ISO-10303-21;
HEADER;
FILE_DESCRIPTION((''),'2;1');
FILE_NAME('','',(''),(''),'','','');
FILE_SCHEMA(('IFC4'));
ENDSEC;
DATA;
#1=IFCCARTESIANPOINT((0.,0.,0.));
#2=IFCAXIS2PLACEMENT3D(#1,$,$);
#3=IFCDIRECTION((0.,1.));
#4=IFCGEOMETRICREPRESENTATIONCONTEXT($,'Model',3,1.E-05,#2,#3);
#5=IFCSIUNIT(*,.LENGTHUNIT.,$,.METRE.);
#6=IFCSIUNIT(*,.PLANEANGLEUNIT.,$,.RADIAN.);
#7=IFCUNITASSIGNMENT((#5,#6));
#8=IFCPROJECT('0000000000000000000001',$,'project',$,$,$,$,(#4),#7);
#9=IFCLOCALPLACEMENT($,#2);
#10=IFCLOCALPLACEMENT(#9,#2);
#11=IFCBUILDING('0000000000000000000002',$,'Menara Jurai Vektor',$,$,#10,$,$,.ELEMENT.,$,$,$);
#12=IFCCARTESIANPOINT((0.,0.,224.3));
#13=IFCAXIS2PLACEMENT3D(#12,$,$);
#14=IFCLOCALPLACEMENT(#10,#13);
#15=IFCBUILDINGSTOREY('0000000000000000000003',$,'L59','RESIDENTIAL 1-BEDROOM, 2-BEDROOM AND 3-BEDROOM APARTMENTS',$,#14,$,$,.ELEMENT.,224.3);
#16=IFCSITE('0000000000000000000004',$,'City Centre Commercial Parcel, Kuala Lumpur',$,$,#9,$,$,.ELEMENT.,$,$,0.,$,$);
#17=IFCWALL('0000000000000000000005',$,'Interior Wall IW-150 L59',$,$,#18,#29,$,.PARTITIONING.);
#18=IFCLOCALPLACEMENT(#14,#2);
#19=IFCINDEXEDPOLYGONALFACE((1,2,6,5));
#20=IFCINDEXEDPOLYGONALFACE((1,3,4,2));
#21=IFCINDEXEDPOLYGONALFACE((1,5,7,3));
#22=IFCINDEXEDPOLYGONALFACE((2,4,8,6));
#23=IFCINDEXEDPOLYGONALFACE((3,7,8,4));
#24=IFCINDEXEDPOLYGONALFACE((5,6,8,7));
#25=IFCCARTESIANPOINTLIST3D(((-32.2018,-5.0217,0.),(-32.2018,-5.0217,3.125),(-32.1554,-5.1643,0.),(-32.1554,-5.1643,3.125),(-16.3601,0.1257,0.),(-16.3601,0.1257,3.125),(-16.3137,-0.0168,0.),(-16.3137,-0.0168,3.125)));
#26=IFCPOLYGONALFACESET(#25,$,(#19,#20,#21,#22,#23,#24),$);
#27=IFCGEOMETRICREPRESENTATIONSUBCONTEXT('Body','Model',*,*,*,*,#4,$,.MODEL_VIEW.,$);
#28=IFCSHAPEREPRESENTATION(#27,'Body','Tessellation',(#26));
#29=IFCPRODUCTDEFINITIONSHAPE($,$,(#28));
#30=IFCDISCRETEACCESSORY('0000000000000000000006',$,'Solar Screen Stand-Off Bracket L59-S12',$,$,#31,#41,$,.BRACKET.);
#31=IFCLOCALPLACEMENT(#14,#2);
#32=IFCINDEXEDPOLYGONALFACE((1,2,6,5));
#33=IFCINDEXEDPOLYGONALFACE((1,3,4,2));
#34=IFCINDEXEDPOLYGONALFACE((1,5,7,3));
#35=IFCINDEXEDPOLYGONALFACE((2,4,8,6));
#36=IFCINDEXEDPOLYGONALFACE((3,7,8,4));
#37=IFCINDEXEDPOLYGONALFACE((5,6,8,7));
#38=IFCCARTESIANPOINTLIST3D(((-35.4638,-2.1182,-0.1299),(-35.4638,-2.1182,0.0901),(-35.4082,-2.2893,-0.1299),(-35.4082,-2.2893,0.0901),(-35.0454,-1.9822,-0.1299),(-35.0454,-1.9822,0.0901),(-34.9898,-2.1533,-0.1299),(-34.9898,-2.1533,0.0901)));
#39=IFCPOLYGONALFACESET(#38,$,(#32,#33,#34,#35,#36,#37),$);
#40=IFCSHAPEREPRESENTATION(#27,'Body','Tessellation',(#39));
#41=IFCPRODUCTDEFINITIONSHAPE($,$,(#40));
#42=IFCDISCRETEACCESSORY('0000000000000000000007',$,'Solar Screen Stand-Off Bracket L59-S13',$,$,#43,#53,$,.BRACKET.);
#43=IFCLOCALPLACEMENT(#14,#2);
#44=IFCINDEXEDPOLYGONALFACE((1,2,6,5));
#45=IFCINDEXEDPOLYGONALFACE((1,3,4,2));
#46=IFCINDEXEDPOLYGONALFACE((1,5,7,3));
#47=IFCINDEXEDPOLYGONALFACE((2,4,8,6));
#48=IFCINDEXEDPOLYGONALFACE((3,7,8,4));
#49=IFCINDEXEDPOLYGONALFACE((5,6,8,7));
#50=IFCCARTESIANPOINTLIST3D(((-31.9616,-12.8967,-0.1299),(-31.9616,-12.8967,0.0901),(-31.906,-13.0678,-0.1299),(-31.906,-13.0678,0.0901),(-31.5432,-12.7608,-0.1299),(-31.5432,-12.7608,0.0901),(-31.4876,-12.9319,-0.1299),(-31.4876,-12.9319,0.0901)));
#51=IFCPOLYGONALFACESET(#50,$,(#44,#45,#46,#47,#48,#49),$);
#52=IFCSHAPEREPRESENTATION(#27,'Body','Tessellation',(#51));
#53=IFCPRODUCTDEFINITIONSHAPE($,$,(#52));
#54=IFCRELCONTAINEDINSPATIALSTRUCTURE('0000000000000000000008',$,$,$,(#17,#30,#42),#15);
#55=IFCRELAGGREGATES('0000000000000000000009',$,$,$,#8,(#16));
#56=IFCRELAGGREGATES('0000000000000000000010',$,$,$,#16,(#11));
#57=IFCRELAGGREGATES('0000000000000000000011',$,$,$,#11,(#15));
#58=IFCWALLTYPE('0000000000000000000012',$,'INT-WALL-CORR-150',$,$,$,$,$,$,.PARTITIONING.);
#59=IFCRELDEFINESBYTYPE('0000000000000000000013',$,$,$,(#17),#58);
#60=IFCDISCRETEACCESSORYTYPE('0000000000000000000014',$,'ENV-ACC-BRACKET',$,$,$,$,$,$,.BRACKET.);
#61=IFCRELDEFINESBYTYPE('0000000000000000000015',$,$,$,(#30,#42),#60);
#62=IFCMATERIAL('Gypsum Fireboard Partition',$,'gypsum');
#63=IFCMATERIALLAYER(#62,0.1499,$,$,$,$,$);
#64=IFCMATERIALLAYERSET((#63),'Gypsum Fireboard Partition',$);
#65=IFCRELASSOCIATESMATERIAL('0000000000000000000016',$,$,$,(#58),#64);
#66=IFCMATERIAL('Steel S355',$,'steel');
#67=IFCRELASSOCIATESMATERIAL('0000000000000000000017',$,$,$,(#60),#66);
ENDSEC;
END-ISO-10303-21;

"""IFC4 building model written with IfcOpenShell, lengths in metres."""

from ifc_helpers import new_model, si_unit, direction, frame, frame_2d, origin, origin_2d, place, context, subcontext, project, spatial, rectangle, extrude, material, layer, layer_set, type_object, element, save


model = new_model("IFC4")

# Units and contexts
model_context = context("Model", 3, precision=1e-05, world=origin(), true_north=direction((0.0, 1.0)))
body_context = subcontext(model_context, "Body", "Model", "MODEL_VIEW")
ifc_project = project(units=[si_unit("LENGTHUNIT", "METRE"), si_unit("PLANEANGLEUNIT", "RADIAN")], contexts=[model_context])

# Site, building, storey
site_placement = place(None, origin())
site = spatial("IfcSite", under=ifc_project, at=site_placement, Name="City Centre Commercial Parcel, Kuala Lumpur", CompositionType="ELEMENT", RefElevation=0.0)
building_placement = place(site_placement, origin())
building = spatial("IfcBuilding", under=site, at=building_placement, Name="Menara Jurai Vektor", CompositionType="ELEMENT")
storey_placement = place(building_placement, frame((0.0, 0.0, 224.3)))
storey = spatial("IfcBuildingStorey", under=building, at=storey_placement, Name="L59", Description="RESIDENTIAL 1-BEDROOM, 2-BEDROOM AND 3-BEDROOM APARTMENTS", CompositionType="ELEMENT", Elevation=224.3)

# Shared definitions
ifc_material_1 = material(Name="Steel S355", Category="steel")

# Shared definitions
ifc_material_2 = material(Name="Gypsum Fireboard Partition", Category="gypsum")
ifc_layer_1 = layer(ifc_material_2, 0.1499)
ifc_layer_set_1 = layer_set([ifc_layer_1], Name="Gypsum Fireboard Partition")
wall_type = type_object("IfcWallType", Name="INT-WALL-CORR-150", PredefinedType="PARTITIONING", material=ifc_layer_set_1)

# Wall
for number, where, z_axis, x_axis, name in (
    (1, (-32.1787, -5.093, 0.0), (0.0, 0.0, 1.0), (0.951054, 0.309025, 0.0), "Interior Wall IW-150 L59"),
):
    element("IfcWall", number, at=place(storey_placement, frame(where, z_axis=z_axis, x_axis=x_axis)), inside=storey, type_object=wall_type, Name=name, PredefinedType="PARTITIONING", context=body_context, shape_type="SweptSolid", body=[
        extrude(rectangle(XDim=16.657, YDim=0.1499, at=frame_2d((8.3286, 0.0))), origin(), (0.0, 0.0, 1.0), 3.125),
    ])

# Discrete accessories
discrete_accessory_type = type_object("IfcDiscreteAccessoryType", Name="ENV-ACC-BRACKET", PredefinedType="BRACKET", material=ifc_material_1)
for number, where, z_axis, x_axis, name in (
    (2, (-35.2268, -2.1357, -0.1299), (0.0, 0.0, 1.0), (0.309017, -0.951057, 0.0), "Solar Screen Stand-Off Bracket L59-S12"),
    (3, (-31.7246, -12.9143, -0.1299), (0.0, 0.0, 1.0), (0.309017, -0.951057, 0.0), "Solar Screen Stand-Off Bracket L59-S13"),
):
    element("IfcDiscreteAccessory", number, at=place(storey_placement, frame(where, z_axis=z_axis, x_axis=x_axis)), inside=storey, type_object=discrete_accessory_type, Name=name, PredefinedType="BRACKET", context=body_context, shape_type="SweptSolid", body=[
        extrude(rectangle(XDim=0.1799, YDim=0.4399, at=origin_2d()), origin(), (0.0, 0.0, 1.0), 0.22),
    ])

save(model, "model.ifc")
